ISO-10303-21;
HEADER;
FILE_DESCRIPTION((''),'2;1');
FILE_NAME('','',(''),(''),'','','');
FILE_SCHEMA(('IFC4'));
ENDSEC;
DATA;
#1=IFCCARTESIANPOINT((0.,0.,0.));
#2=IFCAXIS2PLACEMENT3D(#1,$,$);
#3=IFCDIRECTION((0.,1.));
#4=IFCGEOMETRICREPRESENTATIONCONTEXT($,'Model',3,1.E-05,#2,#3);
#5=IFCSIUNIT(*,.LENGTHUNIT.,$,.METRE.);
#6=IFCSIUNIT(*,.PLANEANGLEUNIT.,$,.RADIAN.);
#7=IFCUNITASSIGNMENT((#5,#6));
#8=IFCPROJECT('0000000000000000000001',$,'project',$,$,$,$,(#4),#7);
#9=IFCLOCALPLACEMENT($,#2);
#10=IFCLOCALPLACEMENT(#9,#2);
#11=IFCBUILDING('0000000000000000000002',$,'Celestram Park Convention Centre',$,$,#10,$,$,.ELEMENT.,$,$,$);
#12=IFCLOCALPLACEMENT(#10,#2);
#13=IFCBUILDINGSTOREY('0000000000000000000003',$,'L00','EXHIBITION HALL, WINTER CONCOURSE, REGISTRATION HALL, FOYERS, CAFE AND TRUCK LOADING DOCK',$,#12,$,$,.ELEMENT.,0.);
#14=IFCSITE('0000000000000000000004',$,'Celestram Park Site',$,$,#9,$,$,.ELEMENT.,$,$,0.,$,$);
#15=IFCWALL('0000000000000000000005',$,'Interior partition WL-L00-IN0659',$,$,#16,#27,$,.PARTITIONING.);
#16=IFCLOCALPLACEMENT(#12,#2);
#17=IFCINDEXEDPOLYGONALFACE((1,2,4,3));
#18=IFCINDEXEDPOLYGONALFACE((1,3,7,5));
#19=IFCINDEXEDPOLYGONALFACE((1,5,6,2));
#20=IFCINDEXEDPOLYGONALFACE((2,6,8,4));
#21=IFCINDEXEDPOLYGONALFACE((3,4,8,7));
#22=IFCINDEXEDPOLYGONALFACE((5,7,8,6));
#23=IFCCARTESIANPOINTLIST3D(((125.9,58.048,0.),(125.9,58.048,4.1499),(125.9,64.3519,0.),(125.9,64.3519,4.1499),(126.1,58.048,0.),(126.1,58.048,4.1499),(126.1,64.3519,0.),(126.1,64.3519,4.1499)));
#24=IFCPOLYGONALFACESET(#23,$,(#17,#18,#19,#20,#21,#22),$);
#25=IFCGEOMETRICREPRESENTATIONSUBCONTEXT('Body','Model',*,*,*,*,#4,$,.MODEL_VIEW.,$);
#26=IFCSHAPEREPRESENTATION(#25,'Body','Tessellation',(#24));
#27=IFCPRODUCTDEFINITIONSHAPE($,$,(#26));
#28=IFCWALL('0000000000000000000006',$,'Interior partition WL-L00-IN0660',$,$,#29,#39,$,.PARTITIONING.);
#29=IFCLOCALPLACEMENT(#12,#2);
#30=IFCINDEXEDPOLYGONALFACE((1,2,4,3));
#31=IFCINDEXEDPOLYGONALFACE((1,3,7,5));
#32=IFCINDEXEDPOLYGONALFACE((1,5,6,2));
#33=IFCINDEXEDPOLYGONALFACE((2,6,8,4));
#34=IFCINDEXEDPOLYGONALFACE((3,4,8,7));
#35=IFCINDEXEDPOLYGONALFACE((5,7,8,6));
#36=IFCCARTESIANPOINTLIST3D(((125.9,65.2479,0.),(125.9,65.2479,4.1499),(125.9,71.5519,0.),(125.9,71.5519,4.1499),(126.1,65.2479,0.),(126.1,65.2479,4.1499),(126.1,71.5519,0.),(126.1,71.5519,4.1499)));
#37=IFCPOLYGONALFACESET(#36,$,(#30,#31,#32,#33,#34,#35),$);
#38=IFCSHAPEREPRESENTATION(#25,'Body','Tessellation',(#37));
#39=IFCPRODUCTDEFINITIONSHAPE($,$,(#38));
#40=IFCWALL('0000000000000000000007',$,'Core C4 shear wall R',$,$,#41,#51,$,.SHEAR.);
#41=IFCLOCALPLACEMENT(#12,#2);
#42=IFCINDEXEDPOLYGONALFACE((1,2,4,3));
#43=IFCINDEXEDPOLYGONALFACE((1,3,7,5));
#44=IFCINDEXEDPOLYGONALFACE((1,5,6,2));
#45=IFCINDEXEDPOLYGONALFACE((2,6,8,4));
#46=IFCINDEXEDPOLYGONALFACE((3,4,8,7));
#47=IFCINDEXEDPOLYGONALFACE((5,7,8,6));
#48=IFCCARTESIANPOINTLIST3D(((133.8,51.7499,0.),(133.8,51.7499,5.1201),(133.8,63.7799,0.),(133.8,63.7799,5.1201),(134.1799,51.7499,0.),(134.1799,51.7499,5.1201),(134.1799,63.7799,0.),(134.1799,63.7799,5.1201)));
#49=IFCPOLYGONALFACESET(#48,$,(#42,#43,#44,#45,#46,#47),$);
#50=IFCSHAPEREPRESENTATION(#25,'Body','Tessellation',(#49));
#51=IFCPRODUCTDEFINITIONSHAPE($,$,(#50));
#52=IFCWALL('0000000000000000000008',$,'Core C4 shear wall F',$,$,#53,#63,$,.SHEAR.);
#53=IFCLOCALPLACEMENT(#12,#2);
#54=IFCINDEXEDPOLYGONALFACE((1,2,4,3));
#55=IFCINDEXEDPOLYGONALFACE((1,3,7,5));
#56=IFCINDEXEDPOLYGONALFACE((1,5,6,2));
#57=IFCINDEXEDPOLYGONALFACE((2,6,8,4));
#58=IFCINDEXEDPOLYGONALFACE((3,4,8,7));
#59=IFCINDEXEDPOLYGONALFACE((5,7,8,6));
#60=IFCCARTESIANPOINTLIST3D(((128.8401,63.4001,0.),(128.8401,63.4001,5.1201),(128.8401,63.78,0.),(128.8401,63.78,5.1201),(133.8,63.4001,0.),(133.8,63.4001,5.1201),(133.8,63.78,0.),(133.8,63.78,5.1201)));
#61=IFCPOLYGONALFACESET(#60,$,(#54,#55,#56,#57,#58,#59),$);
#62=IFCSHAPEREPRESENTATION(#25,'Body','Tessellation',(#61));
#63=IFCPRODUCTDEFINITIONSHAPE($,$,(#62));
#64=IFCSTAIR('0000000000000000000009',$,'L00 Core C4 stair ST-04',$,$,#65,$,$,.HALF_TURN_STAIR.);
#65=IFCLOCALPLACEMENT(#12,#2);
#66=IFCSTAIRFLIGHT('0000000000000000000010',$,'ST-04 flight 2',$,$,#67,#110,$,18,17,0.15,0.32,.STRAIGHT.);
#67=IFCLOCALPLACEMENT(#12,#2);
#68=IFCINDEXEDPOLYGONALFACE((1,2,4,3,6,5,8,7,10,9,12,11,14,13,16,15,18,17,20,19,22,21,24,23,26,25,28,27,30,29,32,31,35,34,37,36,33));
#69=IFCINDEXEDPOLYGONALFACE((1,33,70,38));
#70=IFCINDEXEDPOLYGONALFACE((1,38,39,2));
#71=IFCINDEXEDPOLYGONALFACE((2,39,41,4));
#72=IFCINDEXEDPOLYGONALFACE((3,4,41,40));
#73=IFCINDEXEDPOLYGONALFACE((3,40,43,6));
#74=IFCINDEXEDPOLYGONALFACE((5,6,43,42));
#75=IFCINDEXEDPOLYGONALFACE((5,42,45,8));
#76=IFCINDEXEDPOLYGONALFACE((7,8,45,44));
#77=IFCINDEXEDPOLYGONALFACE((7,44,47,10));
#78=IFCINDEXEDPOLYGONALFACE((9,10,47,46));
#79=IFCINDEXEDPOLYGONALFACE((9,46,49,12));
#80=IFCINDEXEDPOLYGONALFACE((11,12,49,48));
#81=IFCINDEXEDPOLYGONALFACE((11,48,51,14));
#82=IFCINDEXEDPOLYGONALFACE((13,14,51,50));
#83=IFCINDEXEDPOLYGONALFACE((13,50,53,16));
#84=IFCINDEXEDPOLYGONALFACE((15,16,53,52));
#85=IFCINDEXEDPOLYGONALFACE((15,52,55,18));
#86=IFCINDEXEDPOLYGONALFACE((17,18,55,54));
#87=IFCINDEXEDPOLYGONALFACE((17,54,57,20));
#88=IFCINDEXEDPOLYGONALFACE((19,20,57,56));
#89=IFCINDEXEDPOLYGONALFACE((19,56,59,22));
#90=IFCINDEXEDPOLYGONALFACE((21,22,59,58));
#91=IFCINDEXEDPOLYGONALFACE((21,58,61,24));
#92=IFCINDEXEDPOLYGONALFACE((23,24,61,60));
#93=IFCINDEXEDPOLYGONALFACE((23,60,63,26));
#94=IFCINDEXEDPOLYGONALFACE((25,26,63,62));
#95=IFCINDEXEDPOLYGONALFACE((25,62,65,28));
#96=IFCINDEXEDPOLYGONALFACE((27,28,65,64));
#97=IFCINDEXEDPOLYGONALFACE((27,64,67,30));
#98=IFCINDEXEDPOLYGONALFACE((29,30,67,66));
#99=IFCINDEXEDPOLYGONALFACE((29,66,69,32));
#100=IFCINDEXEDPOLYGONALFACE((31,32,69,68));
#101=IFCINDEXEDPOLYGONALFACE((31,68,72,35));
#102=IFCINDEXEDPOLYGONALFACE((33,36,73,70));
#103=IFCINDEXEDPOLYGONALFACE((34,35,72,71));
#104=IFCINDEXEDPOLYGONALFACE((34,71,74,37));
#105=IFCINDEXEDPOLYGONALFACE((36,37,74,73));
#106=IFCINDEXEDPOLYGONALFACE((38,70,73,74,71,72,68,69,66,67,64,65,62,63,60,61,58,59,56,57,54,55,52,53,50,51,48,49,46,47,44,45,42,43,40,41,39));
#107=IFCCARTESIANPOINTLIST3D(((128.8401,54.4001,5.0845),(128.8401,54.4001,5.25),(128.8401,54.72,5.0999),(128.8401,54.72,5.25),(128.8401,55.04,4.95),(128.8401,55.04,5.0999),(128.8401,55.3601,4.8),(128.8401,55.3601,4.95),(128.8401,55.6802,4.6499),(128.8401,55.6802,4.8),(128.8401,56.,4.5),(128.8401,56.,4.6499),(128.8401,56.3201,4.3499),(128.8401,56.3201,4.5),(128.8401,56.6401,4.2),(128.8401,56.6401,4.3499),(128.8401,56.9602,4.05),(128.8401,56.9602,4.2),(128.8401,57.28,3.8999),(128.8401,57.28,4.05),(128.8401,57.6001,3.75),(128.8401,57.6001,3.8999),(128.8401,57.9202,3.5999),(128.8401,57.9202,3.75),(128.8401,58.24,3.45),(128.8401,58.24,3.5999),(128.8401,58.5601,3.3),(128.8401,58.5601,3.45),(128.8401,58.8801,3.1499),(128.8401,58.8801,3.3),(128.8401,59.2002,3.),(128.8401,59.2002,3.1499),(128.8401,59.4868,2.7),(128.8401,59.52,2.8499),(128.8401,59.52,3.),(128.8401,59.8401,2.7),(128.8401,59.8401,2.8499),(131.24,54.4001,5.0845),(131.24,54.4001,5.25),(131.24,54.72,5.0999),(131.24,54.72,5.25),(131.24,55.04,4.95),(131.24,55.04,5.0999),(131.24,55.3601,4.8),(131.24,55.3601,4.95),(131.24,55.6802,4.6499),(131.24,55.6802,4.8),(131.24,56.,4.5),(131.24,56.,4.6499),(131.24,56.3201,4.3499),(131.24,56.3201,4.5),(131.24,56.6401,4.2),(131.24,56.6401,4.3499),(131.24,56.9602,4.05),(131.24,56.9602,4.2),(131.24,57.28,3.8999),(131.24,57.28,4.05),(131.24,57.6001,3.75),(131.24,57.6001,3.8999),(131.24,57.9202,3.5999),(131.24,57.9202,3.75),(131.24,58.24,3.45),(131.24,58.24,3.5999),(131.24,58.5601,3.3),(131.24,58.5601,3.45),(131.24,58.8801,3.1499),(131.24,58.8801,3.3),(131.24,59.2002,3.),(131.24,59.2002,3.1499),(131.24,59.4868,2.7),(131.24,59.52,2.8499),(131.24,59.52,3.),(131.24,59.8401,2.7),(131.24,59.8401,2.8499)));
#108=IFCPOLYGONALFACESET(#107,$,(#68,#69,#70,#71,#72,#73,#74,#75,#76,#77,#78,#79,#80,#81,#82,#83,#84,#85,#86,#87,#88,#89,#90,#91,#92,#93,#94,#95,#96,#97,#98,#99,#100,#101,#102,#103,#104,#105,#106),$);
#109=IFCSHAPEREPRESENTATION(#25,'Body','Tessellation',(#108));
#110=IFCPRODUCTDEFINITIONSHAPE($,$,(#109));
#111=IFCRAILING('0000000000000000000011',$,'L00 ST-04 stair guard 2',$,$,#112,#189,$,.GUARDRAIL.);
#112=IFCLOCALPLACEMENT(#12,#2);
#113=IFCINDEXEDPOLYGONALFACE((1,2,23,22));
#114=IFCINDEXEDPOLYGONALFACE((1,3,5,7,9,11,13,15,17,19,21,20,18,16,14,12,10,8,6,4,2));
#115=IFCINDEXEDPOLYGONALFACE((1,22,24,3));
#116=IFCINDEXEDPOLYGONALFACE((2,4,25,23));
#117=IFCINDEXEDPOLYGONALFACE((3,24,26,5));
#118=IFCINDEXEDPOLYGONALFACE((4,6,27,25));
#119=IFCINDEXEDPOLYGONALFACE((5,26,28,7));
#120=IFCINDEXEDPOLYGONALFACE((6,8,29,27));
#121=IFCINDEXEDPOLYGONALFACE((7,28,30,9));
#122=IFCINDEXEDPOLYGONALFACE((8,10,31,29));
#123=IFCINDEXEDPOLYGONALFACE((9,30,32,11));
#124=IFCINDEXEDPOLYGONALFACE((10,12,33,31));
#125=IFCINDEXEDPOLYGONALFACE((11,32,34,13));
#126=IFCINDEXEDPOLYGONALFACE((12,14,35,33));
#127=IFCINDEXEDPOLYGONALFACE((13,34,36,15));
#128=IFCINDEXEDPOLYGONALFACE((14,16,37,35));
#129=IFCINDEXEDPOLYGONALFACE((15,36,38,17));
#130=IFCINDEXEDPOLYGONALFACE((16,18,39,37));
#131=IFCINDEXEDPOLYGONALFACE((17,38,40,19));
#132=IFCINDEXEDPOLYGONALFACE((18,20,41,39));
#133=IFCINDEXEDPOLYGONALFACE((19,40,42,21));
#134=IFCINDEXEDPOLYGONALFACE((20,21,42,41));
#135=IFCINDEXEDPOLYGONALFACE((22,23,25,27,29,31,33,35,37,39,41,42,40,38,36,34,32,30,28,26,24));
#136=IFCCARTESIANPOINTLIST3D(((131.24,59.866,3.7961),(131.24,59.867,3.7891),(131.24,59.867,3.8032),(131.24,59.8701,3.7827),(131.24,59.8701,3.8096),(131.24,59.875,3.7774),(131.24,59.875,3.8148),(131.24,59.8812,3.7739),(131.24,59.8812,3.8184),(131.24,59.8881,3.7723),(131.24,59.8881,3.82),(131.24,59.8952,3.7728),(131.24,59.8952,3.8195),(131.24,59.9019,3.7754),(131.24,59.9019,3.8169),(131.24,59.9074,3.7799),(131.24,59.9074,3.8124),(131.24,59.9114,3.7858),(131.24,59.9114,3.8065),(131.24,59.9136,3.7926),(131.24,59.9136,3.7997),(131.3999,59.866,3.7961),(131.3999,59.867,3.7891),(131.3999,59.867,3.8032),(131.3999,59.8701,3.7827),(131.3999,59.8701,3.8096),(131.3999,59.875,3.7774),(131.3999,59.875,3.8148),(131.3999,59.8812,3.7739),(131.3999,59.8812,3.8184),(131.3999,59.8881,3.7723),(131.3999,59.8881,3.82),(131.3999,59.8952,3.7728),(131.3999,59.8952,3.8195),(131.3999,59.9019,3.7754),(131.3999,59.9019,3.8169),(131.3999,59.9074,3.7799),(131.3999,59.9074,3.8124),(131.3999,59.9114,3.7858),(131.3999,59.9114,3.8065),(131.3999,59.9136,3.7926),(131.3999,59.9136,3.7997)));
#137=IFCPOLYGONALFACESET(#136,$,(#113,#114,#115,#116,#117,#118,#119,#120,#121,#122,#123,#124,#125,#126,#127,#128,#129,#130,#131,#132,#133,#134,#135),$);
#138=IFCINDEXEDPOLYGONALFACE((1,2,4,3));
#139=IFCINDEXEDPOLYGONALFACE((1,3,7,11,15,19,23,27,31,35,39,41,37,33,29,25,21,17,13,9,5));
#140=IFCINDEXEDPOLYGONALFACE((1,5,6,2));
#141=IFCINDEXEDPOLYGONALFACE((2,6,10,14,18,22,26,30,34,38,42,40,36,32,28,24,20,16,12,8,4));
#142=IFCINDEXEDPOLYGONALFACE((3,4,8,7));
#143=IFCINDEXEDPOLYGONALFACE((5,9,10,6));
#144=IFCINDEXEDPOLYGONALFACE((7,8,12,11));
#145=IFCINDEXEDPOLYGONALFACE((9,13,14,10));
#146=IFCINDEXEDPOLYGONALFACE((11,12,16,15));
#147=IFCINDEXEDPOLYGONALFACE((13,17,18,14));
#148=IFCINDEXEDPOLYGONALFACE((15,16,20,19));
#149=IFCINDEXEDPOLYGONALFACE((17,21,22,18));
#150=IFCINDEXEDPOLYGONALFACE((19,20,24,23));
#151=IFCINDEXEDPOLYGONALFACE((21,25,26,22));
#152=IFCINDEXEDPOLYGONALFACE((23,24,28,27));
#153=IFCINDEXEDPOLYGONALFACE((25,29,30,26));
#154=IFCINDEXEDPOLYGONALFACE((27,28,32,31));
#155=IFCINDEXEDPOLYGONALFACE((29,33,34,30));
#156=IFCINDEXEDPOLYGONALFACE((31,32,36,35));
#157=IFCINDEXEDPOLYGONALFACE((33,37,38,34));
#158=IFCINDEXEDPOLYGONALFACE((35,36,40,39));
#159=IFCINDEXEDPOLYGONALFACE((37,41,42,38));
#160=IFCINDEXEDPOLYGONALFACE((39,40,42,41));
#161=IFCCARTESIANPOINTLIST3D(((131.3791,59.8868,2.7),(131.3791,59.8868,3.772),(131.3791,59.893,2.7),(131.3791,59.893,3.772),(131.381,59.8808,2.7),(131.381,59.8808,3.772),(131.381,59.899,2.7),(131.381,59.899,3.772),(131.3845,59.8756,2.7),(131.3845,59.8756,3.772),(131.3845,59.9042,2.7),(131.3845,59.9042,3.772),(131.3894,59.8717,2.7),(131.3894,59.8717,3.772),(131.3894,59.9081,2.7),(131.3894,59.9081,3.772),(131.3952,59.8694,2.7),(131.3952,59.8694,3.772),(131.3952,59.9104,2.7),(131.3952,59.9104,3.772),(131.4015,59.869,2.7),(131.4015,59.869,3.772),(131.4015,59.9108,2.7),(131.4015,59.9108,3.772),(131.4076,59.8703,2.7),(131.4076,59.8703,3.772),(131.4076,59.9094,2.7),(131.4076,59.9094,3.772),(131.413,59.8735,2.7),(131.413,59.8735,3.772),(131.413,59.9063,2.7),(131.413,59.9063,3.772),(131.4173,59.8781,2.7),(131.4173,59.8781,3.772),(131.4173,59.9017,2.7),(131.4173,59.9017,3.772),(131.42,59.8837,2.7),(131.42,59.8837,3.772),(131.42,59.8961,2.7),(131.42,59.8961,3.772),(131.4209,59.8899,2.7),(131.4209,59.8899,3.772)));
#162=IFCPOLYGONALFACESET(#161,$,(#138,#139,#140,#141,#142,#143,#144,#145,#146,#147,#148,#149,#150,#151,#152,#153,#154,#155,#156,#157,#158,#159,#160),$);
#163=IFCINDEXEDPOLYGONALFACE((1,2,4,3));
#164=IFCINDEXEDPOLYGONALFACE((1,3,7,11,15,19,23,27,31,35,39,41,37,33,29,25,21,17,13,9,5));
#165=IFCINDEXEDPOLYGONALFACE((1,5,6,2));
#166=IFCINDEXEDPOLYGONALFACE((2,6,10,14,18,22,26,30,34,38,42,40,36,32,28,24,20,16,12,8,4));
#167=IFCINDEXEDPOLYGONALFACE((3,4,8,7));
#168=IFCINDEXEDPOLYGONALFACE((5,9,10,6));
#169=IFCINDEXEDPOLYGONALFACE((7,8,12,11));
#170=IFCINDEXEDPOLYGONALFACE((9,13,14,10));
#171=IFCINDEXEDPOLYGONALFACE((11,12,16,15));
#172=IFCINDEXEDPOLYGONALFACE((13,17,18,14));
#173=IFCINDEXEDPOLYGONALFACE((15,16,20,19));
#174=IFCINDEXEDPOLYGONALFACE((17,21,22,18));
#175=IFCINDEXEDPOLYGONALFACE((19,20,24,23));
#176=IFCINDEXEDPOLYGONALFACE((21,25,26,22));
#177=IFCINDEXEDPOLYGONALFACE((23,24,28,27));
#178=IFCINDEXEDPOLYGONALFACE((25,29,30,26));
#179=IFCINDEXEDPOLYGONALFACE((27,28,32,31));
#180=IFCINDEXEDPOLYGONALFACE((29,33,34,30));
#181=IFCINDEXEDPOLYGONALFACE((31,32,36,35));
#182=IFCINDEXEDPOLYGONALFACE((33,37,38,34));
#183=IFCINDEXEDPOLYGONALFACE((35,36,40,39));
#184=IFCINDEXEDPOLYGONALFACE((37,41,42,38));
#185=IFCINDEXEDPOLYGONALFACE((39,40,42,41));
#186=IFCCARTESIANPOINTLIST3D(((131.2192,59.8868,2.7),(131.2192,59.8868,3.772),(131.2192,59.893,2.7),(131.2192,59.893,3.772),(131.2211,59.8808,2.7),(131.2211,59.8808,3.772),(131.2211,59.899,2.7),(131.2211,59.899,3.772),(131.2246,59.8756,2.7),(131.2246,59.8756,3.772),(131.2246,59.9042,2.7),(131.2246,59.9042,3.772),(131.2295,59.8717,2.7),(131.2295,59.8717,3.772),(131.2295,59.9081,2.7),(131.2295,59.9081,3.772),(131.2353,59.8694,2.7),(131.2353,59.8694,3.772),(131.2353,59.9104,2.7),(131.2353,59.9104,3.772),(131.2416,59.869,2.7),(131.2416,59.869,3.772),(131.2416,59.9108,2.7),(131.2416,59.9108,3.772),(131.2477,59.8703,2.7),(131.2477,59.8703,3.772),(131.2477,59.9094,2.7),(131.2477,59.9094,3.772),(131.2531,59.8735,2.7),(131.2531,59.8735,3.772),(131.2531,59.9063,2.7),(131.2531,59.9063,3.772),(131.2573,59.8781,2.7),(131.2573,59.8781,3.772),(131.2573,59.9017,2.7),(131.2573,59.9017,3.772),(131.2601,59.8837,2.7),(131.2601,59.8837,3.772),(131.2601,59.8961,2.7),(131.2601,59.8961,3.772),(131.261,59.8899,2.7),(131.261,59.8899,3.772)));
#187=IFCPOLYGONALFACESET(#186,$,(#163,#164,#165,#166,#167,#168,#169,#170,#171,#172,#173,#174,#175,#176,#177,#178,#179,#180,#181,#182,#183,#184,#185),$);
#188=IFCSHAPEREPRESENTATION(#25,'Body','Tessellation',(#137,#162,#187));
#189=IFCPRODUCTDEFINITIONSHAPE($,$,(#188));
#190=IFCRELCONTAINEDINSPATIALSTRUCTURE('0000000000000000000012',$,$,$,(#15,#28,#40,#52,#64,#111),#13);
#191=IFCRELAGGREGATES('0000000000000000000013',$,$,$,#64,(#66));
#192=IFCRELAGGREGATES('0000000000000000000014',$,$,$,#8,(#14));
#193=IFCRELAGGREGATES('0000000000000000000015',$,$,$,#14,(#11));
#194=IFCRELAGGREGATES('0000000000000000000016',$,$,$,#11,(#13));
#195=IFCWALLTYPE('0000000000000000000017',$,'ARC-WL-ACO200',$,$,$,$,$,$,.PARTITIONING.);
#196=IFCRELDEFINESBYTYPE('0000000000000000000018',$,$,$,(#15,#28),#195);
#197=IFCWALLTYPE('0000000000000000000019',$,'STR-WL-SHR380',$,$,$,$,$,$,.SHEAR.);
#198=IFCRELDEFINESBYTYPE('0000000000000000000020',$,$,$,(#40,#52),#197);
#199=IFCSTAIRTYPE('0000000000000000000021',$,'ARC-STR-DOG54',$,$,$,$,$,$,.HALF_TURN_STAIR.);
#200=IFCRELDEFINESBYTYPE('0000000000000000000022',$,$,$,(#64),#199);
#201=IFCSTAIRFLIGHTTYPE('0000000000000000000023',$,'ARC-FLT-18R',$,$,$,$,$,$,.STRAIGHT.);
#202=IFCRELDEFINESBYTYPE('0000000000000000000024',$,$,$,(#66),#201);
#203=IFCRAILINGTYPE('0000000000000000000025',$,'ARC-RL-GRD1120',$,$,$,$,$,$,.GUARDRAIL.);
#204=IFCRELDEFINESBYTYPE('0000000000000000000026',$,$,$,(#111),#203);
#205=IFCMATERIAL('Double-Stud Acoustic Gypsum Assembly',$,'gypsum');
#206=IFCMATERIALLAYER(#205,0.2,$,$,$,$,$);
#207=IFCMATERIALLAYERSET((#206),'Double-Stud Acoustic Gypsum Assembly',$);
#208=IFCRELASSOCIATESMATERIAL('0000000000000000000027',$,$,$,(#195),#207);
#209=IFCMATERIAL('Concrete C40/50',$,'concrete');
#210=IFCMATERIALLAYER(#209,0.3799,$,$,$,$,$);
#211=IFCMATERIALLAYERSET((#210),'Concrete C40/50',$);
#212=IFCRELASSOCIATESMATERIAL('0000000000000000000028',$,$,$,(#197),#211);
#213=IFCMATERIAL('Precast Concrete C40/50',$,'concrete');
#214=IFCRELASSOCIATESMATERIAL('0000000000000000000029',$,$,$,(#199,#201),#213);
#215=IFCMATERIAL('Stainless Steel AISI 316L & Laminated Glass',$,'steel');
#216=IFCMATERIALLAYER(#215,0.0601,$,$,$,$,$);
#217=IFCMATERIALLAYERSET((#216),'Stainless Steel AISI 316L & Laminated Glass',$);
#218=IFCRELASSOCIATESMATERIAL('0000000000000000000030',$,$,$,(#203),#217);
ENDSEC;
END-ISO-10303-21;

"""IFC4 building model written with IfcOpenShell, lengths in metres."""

from ifc_helpers import new_model, si_unit, direction, frame, frame_2d, origin, origin_2d, place, context, subcontext, project, spatial, polyline, rectangle, circle, outline, extrude, material, layer, layer_set, type_object, element, aggregate, save


model = new_model("IFC4")

# Units and contexts
model_context = context("Model", 3, precision=1e-05, world=origin(), true_north=direction((0.0, 1.0)))
body_context = subcontext(model_context, "Body", "Model", "MODEL_VIEW")
ifc_project = project(units=[si_unit("LENGTHUNIT", "METRE"), si_unit("PLANEANGLEUNIT", "RADIAN")], contexts=[model_context])

# Site, building, storey
site_placement = place(None, origin())
site = spatial("IfcSite", under=ifc_project, at=site_placement, Name="Celestram Park Site", CompositionType="ELEMENT", RefElevation=0.0)
building_placement = place(site_placement, origin())
building = spatial("IfcBuilding", under=site, at=building_placement, Name="Celestram Park Convention Centre", CompositionType="ELEMENT")
storey_placement = place(building_placement, origin())
storey = spatial("IfcBuildingStorey", under=building, at=storey_placement, Name="L00", Description="EXHIBITION HALL, WINTER CONCOURSE, REGISTRATION HALL, FOYERS, CAFE AND TRUCK LOADING DOCK", CompositionType="ELEMENT", Elevation=0.0)

# Shared definitions
ifc_material_1 = material(Name="Concrete C40/50", Category="concrete")

# Walls
ifc_material_2 = material(Name="Double-Stud Acoustic Gypsum Assembly", Category="gypsum")
ifc_layer_1 = layer(ifc_material_2, 0.2)
ifc_layer_set_1 = layer_set([ifc_layer_1], Name="Double-Stud Acoustic Gypsum Assembly")
wall_type_1 = type_object("IfcWallType", Name="ARC-WL-ACO200", PredefinedType="PARTITIONING", material=ifc_layer_set_1)
for number, where, z_axis, x_axis, name in (
    (1, (126.0, 58.0481, 0.0), (0.0, 0.0, 1.0), (0.0, 1.0, 0.0), "Interior partition WL-L00-IN0659"),
    (2, (126.0, 65.248, 0.0), (0.0, 0.0, 1.0), (0.0, 1.0, 0.0), "Interior partition WL-L00-IN0660"),
):
    element("IfcWall", number, at=place(storey_placement, frame(where, z_axis=z_axis, x_axis=x_axis)), inside=storey, type_object=wall_type_1, Name=name, PredefinedType="PARTITIONING", context=body_context, shape_type="SweptSolid", body=[
        extrude(rectangle(XDim=6.304, YDim=0.2, at=frame_2d((3.1519, 0.0))), origin(), (0.0, 0.0, 1.0), 4.1499),
    ])
ifc_layer_2 = layer(ifc_material_1, 0.3799)
ifc_layer_set_2 = layer_set([ifc_layer_2], Name="Concrete C40/50")
wall_type_2 = type_object("IfcWallType", Name="STR-WL-SHR380", PredefinedType="SHEAR", material=ifc_layer_set_2)
wall_1_placement = place(storey_placement, frame((133.99, 63.78, 0.0), z_axis=(0.0, 0.0, 1.0), x_axis=(0.0, -1.0, 0.0)))
element("IfcWall", 3, at=wall_1_placement, inside=storey, type_object=wall_type_2, Name="Core C4 shear wall R", PredefinedType="SHEAR", context=body_context, shape_type="SweptSolid", body=[
    extrude(rectangle(XDim=12.03, YDim=0.3799, at=frame_2d((6.0151, 0.0))), origin(), (0.0, 0.0, 1.0), 5.1201),
])
wall_2_placement = place(storey_placement, frame((128.8401, 63.5901, 0.0), z_axis=(0.0, 0.0, 1.0), x_axis=(1.0, 0.0, 0.0)))
element("IfcWall", 4, at=wall_2_placement, inside=storey, type_object=wall_type_2, Name="Core C4 shear wall F", PredefinedType="SHEAR", context=body_context, shape_type="SweptSolid", body=[
    extrude(rectangle(XDim=4.96, YDim=0.3799, at=frame_2d((2.48, 0.0))), origin(), (0.0, 0.0, 1.0), 5.1201),
])

# Stair, stair flight
ifc_material_3 = material(Name="Precast Concrete C40/50", Category="concrete")
stair_type = type_object("IfcStairType", Name="ARC-STR-DOG54", PredefinedType="HALF_TURN_STAIR", material=ifc_material_3)
stair_placement = place(storey_placement, origin())
stair = element("IfcStair", 5, at=stair_placement, inside=storey, type_object=stair_type, Name="L00 Core C4 stair ST-04", PredefinedType="HALF_TURN_STAIR")
stair_flight_type = type_object("IfcStairFlightType", Name="ARC-FLT-18R", PredefinedType="STRAIGHT", material=ifc_material_3)
stair_flight_placement = place(storey_placement, frame((130.04, 59.8401, 2.7), z_axis=(0.0, 0.0, 1.0), x_axis=(0.0, -1.0, 0.0)))
stair_flight = element("IfcStairFlight", 6, at=stair_flight_placement, type_object=stair_flight_type, Name="ST-04 flight 2", NumberOfRisers=18, NumberOfTreads=17, PredefinedType="STRAIGHT", RiserHeight=0.15, TreadLength=0.32, context=body_context, shape_type="SweptSolid", body=[
    extrude(outline(polyline([(0.0, 0.0), (0.0, 0.1499), (0.3201, 0.1499), (0.3201, 0.3), (0.6399, 0.3), (0.6399, 0.45), (0.96, 0.45), (0.96, 0.6001), (1.28, 0.6001), (1.28, 0.75), (1.6001, 0.75), (1.6001, 0.8999), (1.9199, 0.8999), (1.9199, 1.05), (2.24, 1.05), (2.24, 1.2), (2.5601, 1.2), (2.5601, 1.3501), (2.8799, 1.3501), (2.8799, 1.5), (3.2, 1.5), (3.2, 1.6499), (3.52, 1.6499), (3.52, 1.8), (3.8401, 1.8), (3.8401, 1.95), (4.1599, 1.95), (4.1599, 2.1001), (4.48, 2.1001), (4.48, 2.25), (4.8, 2.25), (4.8, 2.3999), (5.1201, 2.3999), (5.1201, 2.55), (5.4399, 2.55), (5.4399, 2.7), (5.4399, 2.3845), (0.3533, 0.0), (0.0, 0.0)])), frame((0.0, 1.2, 0.0), z_axis=(0.0, -1.0, 0.0), x_axis=(1.0, 0.0, 0.0)), (0.0, 0.0, 1.0), 2.3999),
])
aggregate(stair, [stair_flight])

# Railing
ifc_material_4 = material(Name="Stainless Steel AISI 316L & Laminated Glass", Category="steel")
ifc_layer_3 = layer(ifc_material_4, 0.0601)
ifc_layer_set_3 = layer_set([ifc_layer_3], Name="Stainless Steel AISI 316L & Laminated Glass")
railing_type_1 = type_object("IfcRailingType", Name="ARC-RL-GRD1120", PredefinedType="GUARDRAIL", material=ifc_layer_set_3)
railing_1_placement = place(storey_placement, frame((131.3999, 59.8899, 2.7)))
element("IfcRailing", 7, at=railing_1_placement, inside=storey, type_object=railing_type_1, Name="L00 ST-04 stair guard 2", PredefinedType="GUARDRAIL", context=body_context, shape_type="SweptSolid", body=[
    extrude(circle(Radius=0.0239, at=origin_2d()), frame((0.0, 0.0, 1.0962), z_axis=(-1.0, 0.0, 0.0), x_axis=(0.0, -1.0, 0.0)), (0.0, 0.0, 1.0), 0.1599),
    extrude(circle(Radius=0.021, at=origin_2d()), origin(), (0.0, 0.0, 1.0), 1.072),
    extrude(circle(Radius=0.021, at=origin_2d()), frame((-0.1599, 0.0, 0.0)), (0.0, 0.0, 1.0), 1.072),
])

save(model, "model.ifc")
